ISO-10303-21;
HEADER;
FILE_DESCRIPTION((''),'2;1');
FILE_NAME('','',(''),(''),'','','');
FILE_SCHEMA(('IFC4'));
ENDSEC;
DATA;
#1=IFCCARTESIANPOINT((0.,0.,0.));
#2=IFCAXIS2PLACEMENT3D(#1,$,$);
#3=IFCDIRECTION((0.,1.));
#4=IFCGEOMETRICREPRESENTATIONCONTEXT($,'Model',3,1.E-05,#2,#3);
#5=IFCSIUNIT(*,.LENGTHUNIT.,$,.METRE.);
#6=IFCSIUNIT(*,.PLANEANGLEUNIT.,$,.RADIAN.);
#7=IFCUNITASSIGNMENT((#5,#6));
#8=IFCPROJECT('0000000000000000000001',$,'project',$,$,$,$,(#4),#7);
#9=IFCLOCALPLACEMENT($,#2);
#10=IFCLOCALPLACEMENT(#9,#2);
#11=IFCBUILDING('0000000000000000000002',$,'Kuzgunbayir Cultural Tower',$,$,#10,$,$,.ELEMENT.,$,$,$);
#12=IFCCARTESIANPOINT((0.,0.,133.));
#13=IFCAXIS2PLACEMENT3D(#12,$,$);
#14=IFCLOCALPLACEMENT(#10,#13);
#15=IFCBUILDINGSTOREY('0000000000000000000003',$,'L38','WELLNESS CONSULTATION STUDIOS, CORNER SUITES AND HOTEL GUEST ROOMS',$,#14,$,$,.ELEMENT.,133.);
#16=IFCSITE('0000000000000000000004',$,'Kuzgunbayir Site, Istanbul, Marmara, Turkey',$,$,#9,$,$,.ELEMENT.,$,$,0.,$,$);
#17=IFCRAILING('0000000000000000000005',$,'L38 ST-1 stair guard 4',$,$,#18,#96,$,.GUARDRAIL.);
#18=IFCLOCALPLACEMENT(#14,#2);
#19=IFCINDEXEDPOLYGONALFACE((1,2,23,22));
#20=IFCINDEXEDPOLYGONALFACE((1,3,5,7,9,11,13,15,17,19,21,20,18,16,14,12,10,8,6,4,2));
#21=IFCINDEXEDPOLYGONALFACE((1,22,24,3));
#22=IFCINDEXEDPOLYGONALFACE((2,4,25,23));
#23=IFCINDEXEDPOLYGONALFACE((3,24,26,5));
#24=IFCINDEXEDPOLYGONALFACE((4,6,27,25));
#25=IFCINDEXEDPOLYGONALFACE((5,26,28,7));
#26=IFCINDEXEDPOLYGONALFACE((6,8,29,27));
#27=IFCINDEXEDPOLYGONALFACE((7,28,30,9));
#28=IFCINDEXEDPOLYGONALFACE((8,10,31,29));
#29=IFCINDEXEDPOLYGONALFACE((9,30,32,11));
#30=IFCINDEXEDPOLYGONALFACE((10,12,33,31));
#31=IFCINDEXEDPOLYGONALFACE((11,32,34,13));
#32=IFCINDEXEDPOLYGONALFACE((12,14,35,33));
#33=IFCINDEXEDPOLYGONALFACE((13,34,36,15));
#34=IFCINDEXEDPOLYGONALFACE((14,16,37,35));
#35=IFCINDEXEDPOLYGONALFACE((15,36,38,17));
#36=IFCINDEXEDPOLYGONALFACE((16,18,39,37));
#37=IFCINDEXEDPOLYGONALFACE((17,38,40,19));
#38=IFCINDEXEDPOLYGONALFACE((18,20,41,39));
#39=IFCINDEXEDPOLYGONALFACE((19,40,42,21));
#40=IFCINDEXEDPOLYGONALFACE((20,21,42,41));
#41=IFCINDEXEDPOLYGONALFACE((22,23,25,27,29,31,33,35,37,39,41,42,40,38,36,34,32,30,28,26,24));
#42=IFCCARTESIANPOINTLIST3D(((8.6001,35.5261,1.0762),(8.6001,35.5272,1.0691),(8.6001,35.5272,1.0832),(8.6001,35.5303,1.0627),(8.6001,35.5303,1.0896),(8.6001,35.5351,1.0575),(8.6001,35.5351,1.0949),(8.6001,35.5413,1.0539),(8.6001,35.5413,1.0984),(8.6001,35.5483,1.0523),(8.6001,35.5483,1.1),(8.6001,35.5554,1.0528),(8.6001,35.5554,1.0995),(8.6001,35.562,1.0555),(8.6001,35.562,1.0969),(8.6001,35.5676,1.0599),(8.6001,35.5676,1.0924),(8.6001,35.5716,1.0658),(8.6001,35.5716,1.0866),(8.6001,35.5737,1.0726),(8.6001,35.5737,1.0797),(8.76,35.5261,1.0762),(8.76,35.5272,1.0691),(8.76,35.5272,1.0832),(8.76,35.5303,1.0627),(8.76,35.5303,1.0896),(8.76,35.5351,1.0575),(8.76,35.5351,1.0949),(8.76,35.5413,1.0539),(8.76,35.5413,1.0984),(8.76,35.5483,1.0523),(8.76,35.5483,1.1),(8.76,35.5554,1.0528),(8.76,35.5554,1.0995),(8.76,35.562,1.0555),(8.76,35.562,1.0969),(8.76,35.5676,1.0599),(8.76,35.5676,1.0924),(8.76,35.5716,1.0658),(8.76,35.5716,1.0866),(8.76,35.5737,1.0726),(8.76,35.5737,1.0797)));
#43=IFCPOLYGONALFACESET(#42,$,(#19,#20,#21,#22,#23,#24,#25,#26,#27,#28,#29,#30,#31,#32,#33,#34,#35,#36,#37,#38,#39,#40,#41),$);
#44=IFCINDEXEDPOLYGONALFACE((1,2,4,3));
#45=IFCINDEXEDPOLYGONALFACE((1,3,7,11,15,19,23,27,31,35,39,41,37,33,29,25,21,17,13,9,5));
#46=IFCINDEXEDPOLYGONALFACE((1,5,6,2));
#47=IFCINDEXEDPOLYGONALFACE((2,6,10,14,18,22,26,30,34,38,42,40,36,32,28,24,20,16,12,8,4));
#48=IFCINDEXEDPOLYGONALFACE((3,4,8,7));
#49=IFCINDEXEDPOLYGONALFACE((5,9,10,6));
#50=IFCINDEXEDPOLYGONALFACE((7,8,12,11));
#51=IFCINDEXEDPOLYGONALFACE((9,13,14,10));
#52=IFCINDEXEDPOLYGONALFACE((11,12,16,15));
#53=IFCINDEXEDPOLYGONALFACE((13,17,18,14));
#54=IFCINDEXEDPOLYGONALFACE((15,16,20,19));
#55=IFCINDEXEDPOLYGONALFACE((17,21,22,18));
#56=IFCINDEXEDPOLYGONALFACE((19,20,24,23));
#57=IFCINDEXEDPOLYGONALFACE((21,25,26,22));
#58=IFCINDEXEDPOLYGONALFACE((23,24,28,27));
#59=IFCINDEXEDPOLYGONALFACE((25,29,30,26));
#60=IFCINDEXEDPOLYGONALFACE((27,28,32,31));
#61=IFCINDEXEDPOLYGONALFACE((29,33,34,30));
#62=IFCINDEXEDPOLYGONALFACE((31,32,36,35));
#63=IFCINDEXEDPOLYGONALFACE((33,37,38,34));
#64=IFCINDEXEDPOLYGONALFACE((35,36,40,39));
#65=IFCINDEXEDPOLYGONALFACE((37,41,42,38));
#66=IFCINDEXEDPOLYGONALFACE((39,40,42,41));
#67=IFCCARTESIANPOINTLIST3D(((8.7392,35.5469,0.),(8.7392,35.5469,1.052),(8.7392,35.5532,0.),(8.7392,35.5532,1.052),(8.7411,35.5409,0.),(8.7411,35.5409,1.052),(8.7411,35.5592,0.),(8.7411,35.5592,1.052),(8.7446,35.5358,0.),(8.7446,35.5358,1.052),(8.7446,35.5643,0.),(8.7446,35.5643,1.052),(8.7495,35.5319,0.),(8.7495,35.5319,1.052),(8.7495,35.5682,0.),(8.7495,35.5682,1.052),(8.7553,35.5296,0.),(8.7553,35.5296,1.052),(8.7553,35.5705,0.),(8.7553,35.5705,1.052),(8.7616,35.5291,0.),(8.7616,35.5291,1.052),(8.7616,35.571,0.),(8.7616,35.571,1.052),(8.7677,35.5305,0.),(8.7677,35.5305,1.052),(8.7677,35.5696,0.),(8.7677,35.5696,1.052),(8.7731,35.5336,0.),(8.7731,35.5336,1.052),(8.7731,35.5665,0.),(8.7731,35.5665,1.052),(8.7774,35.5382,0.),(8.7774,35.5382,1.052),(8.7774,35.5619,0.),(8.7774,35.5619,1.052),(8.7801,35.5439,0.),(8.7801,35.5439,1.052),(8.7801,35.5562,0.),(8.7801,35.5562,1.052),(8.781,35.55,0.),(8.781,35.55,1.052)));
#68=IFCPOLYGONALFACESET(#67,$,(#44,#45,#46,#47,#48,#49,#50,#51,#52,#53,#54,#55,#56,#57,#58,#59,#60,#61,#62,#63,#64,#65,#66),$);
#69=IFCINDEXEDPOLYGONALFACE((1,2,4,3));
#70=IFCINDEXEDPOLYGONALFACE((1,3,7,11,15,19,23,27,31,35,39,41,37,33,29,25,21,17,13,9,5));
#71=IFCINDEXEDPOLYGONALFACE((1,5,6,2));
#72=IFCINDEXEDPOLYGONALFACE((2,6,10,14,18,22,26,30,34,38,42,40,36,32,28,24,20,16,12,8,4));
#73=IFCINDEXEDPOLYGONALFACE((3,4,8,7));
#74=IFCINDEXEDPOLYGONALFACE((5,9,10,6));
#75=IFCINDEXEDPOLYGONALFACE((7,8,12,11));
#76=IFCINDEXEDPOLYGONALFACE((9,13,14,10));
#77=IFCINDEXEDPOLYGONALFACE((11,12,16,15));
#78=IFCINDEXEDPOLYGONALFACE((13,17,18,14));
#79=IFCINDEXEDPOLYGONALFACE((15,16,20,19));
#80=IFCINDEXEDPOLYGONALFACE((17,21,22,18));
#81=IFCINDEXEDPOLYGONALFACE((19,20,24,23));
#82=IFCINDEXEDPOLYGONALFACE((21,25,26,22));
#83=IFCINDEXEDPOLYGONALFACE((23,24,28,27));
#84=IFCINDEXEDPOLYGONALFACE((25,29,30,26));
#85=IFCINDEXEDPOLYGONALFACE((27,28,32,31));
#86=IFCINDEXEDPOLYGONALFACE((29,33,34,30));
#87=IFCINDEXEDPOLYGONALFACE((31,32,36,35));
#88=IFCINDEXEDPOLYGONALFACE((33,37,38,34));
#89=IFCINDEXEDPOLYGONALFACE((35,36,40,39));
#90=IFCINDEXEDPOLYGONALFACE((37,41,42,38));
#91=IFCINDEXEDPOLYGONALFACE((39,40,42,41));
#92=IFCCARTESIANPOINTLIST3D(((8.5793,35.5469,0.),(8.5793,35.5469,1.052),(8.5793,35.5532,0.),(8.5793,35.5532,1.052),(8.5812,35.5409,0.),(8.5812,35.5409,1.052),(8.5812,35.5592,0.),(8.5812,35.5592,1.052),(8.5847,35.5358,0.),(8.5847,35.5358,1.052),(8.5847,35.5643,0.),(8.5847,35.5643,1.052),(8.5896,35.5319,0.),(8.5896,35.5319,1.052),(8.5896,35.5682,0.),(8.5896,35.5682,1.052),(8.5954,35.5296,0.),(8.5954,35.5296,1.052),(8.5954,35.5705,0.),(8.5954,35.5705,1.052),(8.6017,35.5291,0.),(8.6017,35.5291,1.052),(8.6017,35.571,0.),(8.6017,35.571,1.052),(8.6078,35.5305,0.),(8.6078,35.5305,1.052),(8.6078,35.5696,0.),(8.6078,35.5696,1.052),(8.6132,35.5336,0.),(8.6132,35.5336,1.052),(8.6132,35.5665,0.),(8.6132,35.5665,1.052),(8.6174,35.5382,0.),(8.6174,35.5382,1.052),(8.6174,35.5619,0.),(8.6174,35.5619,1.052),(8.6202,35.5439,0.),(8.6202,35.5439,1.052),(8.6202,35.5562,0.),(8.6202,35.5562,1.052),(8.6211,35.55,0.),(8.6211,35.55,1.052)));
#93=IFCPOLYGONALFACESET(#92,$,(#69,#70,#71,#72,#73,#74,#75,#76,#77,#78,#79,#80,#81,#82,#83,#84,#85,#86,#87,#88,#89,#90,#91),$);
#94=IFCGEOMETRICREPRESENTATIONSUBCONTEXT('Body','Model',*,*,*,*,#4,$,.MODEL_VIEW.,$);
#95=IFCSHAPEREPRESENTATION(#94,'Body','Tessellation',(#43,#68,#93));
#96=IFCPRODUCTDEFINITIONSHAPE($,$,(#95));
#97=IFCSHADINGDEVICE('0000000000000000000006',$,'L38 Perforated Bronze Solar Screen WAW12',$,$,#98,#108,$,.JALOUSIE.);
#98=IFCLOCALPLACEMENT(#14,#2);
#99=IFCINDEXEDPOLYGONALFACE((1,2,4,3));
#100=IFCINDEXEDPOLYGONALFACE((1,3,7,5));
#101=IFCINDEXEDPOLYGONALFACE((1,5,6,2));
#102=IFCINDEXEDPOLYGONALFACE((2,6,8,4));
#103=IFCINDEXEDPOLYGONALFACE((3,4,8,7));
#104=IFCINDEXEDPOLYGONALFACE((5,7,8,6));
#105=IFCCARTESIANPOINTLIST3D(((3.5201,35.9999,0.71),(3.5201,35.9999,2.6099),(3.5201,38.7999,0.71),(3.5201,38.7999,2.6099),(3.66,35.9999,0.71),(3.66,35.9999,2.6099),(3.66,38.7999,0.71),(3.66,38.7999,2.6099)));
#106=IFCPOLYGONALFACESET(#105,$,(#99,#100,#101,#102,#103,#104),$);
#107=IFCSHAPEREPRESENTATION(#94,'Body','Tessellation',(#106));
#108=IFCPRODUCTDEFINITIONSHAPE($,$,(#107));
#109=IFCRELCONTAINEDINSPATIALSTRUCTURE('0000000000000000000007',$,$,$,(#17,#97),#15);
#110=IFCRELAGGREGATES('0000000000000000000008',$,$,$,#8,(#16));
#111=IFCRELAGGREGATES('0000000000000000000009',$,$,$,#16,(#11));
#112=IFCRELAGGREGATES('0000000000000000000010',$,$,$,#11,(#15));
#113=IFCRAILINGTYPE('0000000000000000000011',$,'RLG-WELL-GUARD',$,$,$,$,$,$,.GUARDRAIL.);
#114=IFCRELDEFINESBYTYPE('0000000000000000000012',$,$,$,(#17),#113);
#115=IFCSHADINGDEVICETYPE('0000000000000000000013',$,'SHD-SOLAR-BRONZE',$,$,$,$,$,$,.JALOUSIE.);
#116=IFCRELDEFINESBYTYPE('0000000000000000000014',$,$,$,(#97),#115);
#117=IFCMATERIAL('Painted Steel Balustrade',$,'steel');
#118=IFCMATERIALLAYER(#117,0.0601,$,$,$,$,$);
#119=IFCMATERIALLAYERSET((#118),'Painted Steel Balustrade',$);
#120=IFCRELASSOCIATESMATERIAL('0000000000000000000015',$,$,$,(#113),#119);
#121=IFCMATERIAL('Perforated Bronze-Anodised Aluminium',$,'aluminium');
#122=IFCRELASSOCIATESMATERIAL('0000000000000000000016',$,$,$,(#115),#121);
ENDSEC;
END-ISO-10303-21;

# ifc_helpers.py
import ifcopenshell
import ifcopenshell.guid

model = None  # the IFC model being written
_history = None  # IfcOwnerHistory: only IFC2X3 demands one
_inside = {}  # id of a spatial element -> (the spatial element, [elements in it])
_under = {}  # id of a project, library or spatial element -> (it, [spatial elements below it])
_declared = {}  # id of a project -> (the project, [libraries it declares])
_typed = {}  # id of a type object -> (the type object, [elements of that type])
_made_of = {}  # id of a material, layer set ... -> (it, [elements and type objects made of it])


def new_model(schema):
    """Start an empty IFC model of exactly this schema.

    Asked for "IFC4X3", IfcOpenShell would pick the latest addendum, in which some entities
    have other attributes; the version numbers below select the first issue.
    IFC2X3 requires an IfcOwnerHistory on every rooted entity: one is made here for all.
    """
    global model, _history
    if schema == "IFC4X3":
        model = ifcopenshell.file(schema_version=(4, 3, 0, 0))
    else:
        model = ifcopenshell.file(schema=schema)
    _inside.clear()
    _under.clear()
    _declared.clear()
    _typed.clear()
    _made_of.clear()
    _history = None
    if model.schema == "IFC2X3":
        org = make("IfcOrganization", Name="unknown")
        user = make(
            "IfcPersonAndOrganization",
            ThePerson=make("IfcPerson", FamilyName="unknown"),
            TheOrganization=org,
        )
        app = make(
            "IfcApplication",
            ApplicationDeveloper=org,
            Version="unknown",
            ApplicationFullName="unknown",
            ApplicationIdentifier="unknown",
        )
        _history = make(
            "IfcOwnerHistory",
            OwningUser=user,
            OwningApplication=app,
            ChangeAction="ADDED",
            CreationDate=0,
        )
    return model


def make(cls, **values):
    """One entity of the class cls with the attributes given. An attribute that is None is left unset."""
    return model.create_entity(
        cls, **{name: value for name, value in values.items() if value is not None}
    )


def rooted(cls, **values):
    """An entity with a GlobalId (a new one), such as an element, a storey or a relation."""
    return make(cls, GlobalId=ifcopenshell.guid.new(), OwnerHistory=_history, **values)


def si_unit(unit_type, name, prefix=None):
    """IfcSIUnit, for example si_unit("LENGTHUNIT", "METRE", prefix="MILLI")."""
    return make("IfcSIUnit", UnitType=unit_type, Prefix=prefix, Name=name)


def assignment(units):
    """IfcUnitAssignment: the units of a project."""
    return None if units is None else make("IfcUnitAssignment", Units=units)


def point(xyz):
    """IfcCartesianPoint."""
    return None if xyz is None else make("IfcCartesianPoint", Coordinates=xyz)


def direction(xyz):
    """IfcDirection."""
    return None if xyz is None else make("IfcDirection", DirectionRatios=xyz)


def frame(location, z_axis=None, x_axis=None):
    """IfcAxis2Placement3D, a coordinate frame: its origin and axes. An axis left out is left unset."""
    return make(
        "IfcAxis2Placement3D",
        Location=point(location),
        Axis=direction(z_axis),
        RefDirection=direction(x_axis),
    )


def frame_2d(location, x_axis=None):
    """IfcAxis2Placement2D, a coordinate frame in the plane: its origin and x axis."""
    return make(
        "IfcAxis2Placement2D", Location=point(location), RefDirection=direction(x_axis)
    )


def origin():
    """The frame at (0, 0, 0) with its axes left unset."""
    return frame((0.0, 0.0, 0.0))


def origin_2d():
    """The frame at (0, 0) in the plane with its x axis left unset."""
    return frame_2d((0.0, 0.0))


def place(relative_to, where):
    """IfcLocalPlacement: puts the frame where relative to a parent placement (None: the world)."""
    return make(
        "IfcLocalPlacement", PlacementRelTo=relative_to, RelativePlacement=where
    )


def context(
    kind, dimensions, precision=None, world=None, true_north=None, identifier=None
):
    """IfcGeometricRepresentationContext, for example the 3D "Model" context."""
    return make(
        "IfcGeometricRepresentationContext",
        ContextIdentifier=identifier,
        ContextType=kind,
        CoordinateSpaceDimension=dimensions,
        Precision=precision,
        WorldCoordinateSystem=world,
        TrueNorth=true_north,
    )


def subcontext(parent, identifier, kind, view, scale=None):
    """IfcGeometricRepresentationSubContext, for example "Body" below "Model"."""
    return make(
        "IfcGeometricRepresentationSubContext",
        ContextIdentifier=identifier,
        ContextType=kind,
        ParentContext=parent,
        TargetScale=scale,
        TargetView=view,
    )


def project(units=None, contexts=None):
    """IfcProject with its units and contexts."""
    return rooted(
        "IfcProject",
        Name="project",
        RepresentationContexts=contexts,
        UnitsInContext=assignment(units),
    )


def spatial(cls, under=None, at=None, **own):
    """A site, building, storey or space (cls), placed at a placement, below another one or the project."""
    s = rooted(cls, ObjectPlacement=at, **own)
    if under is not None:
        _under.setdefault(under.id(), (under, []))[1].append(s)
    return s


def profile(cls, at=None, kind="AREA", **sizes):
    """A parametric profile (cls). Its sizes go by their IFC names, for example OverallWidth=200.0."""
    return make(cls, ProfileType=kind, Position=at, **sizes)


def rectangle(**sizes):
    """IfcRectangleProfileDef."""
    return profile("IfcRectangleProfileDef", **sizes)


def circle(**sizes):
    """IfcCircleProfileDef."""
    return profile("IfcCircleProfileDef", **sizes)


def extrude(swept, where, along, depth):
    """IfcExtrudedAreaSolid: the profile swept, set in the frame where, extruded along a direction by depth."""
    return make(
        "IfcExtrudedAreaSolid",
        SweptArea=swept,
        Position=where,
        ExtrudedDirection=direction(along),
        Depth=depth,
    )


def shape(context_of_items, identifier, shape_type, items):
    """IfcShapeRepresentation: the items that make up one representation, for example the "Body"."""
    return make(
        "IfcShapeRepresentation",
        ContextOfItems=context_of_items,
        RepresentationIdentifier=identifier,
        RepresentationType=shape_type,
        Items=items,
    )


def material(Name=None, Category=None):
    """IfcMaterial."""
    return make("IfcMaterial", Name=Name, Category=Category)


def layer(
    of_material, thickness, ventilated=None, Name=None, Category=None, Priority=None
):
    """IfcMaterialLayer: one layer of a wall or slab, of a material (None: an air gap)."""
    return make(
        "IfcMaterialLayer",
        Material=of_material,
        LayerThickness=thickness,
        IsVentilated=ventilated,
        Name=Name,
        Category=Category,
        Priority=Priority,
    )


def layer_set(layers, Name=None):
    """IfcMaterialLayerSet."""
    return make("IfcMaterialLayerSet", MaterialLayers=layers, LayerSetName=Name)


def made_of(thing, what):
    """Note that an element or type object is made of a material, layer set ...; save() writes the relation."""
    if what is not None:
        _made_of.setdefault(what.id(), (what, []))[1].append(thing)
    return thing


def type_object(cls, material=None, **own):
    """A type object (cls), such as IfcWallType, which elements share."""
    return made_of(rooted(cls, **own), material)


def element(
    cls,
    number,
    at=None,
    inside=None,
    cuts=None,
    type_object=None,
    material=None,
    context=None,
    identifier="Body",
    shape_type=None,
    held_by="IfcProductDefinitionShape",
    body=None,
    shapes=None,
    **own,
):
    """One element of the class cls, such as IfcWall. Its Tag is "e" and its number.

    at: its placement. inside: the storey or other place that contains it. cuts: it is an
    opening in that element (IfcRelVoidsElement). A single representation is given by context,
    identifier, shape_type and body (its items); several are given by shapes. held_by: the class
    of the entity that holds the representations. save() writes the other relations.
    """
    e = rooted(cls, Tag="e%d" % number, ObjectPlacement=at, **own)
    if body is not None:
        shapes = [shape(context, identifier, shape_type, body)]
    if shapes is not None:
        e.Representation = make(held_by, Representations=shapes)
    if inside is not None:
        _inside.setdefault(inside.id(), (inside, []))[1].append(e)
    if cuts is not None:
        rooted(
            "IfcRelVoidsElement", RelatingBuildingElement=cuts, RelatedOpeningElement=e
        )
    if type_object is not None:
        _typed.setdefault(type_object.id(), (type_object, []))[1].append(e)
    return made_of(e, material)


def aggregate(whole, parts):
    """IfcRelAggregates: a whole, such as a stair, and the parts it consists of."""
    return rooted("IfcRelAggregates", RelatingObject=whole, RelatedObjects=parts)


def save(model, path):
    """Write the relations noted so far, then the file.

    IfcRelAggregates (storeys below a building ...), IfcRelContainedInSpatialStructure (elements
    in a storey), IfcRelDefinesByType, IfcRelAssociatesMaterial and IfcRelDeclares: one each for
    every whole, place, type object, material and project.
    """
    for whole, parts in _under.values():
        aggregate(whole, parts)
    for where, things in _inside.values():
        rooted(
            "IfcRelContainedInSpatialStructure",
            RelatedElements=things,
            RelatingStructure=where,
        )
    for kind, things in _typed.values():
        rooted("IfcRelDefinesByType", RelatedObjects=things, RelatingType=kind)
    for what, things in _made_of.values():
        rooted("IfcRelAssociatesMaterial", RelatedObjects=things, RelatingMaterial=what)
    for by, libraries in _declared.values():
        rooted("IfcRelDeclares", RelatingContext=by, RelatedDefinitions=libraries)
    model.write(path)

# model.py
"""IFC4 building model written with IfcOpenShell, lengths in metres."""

from ifc_helpers import new_model, si_unit, direction, frame, origin, origin_2d, place, context, subcontext, project, spatial, rectangle, circle, extrude, material, layer, layer_set, type_object, element, save


model = new_model("IFC4")

# Units and contexts
model_context = context("Model", 3, precision=1e-05, world=origin(), true_north=direction((0.0, 1.0)))
body_context = subcontext(model_context, "Body", "Model", "MODEL_VIEW")
ifc_project = project(units=[si_unit("LENGTHUNIT", "METRE"), si_unit("PLANEANGLEUNIT", "RADIAN")], contexts=[model_context])

# Site, building, storey
site_placement = place(None, origin())
site = spatial("IfcSite", under=ifc_project, at=site_placement, Name="Kuzgunbayir Site, Istanbul, Marmara, Turkey", CompositionType="ELEMENT", RefElevation=0.0)
building_placement = place(site_placement, origin())
building = spatial("IfcBuilding", under=site, at=building_placement, Name="Kuzgunbayir Cultural Tower", CompositionType="ELEMENT")
storey_placement = place(building_placement, frame((0.0, 0.0, 133.0)))
storey = spatial("IfcBuildingStorey", under=building, at=storey_placement, Name="L38", Description="WELLNESS CONSULTATION STUDIOS, CORNER SUITES AND HOTEL GUEST ROOMS", CompositionType="ELEMENT", Elevation=133.0)

# Railing
ifc_material_1 = material(Name="Painted Steel Balustrade", Category="steel")
ifc_layer_1 = layer(ifc_material_1, 0.0601)
ifc_layer_set_1 = layer_set([ifc_layer_1], Name="Painted Steel Balustrade")
railing_type_1 = type_object("IfcRailingType", Name="RLG-WELL-GUARD", PredefinedType="GUARDRAIL", material=ifc_layer_set_1)
railing_1_placement = place(storey_placement, frame((8.76, 35.55, 0.0)))
element("IfcRailing", 1, at=railing_1_placement, inside=storey, type_object=railing_type_1, Name="L38 ST-1 stair guard 4", PredefinedType="GUARDRAIL", context=body_context, shape_type="SweptSolid", body=[
    extrude(circle(Radius=0.0239, at=origin_2d()), frame((0.0, 0.0, 1.0762), z_axis=(-1.0, 0.0, 0.0), x_axis=(0.0, -1.0, 0.0)), (0.0, 0.0, 1.0), 0.1599),
    extrude(circle(Radius=0.021, at=origin_2d()), origin(), (0.0, 0.0, 1.0), 1.052),
    extrude(circle(Radius=0.021, at=origin_2d()), frame((-0.1599, 0.0, 0.0)), (0.0, 0.0, 1.0), 1.052),
])

# Shading device
ifc_material_2 = material(Name="Perforated Bronze-Anodised Aluminium", Category="aluminium")
shading_device_type = type_object("IfcShadingDeviceType", Name="SHD-SOLAR-BRONZE", PredefinedType="JALOUSIE", material=ifc_material_2)
shading_device_placement = place(storey_placement, frame((3.5901, 37.3999, 0.71), z_axis=(0.0, 0.0, 1.0), x_axis=(1.0, 0.0, 0.0)))
element("IfcShadingDevice", 2, at=shading_device_placement, inside=storey, type_object=shading_device_type, Name="L38 Perforated Bronze Solar Screen WAW12", PredefinedType="JALOUSIE", context=body_context, shape_type="SweptSolid", body=[
    extrude(rectangle(XDim=0.1399, YDim=2.8, at=origin_2d()), origin(), (0.0, 0.0, 1.0), 1.8999),
])

save(model, "model.ifc")
